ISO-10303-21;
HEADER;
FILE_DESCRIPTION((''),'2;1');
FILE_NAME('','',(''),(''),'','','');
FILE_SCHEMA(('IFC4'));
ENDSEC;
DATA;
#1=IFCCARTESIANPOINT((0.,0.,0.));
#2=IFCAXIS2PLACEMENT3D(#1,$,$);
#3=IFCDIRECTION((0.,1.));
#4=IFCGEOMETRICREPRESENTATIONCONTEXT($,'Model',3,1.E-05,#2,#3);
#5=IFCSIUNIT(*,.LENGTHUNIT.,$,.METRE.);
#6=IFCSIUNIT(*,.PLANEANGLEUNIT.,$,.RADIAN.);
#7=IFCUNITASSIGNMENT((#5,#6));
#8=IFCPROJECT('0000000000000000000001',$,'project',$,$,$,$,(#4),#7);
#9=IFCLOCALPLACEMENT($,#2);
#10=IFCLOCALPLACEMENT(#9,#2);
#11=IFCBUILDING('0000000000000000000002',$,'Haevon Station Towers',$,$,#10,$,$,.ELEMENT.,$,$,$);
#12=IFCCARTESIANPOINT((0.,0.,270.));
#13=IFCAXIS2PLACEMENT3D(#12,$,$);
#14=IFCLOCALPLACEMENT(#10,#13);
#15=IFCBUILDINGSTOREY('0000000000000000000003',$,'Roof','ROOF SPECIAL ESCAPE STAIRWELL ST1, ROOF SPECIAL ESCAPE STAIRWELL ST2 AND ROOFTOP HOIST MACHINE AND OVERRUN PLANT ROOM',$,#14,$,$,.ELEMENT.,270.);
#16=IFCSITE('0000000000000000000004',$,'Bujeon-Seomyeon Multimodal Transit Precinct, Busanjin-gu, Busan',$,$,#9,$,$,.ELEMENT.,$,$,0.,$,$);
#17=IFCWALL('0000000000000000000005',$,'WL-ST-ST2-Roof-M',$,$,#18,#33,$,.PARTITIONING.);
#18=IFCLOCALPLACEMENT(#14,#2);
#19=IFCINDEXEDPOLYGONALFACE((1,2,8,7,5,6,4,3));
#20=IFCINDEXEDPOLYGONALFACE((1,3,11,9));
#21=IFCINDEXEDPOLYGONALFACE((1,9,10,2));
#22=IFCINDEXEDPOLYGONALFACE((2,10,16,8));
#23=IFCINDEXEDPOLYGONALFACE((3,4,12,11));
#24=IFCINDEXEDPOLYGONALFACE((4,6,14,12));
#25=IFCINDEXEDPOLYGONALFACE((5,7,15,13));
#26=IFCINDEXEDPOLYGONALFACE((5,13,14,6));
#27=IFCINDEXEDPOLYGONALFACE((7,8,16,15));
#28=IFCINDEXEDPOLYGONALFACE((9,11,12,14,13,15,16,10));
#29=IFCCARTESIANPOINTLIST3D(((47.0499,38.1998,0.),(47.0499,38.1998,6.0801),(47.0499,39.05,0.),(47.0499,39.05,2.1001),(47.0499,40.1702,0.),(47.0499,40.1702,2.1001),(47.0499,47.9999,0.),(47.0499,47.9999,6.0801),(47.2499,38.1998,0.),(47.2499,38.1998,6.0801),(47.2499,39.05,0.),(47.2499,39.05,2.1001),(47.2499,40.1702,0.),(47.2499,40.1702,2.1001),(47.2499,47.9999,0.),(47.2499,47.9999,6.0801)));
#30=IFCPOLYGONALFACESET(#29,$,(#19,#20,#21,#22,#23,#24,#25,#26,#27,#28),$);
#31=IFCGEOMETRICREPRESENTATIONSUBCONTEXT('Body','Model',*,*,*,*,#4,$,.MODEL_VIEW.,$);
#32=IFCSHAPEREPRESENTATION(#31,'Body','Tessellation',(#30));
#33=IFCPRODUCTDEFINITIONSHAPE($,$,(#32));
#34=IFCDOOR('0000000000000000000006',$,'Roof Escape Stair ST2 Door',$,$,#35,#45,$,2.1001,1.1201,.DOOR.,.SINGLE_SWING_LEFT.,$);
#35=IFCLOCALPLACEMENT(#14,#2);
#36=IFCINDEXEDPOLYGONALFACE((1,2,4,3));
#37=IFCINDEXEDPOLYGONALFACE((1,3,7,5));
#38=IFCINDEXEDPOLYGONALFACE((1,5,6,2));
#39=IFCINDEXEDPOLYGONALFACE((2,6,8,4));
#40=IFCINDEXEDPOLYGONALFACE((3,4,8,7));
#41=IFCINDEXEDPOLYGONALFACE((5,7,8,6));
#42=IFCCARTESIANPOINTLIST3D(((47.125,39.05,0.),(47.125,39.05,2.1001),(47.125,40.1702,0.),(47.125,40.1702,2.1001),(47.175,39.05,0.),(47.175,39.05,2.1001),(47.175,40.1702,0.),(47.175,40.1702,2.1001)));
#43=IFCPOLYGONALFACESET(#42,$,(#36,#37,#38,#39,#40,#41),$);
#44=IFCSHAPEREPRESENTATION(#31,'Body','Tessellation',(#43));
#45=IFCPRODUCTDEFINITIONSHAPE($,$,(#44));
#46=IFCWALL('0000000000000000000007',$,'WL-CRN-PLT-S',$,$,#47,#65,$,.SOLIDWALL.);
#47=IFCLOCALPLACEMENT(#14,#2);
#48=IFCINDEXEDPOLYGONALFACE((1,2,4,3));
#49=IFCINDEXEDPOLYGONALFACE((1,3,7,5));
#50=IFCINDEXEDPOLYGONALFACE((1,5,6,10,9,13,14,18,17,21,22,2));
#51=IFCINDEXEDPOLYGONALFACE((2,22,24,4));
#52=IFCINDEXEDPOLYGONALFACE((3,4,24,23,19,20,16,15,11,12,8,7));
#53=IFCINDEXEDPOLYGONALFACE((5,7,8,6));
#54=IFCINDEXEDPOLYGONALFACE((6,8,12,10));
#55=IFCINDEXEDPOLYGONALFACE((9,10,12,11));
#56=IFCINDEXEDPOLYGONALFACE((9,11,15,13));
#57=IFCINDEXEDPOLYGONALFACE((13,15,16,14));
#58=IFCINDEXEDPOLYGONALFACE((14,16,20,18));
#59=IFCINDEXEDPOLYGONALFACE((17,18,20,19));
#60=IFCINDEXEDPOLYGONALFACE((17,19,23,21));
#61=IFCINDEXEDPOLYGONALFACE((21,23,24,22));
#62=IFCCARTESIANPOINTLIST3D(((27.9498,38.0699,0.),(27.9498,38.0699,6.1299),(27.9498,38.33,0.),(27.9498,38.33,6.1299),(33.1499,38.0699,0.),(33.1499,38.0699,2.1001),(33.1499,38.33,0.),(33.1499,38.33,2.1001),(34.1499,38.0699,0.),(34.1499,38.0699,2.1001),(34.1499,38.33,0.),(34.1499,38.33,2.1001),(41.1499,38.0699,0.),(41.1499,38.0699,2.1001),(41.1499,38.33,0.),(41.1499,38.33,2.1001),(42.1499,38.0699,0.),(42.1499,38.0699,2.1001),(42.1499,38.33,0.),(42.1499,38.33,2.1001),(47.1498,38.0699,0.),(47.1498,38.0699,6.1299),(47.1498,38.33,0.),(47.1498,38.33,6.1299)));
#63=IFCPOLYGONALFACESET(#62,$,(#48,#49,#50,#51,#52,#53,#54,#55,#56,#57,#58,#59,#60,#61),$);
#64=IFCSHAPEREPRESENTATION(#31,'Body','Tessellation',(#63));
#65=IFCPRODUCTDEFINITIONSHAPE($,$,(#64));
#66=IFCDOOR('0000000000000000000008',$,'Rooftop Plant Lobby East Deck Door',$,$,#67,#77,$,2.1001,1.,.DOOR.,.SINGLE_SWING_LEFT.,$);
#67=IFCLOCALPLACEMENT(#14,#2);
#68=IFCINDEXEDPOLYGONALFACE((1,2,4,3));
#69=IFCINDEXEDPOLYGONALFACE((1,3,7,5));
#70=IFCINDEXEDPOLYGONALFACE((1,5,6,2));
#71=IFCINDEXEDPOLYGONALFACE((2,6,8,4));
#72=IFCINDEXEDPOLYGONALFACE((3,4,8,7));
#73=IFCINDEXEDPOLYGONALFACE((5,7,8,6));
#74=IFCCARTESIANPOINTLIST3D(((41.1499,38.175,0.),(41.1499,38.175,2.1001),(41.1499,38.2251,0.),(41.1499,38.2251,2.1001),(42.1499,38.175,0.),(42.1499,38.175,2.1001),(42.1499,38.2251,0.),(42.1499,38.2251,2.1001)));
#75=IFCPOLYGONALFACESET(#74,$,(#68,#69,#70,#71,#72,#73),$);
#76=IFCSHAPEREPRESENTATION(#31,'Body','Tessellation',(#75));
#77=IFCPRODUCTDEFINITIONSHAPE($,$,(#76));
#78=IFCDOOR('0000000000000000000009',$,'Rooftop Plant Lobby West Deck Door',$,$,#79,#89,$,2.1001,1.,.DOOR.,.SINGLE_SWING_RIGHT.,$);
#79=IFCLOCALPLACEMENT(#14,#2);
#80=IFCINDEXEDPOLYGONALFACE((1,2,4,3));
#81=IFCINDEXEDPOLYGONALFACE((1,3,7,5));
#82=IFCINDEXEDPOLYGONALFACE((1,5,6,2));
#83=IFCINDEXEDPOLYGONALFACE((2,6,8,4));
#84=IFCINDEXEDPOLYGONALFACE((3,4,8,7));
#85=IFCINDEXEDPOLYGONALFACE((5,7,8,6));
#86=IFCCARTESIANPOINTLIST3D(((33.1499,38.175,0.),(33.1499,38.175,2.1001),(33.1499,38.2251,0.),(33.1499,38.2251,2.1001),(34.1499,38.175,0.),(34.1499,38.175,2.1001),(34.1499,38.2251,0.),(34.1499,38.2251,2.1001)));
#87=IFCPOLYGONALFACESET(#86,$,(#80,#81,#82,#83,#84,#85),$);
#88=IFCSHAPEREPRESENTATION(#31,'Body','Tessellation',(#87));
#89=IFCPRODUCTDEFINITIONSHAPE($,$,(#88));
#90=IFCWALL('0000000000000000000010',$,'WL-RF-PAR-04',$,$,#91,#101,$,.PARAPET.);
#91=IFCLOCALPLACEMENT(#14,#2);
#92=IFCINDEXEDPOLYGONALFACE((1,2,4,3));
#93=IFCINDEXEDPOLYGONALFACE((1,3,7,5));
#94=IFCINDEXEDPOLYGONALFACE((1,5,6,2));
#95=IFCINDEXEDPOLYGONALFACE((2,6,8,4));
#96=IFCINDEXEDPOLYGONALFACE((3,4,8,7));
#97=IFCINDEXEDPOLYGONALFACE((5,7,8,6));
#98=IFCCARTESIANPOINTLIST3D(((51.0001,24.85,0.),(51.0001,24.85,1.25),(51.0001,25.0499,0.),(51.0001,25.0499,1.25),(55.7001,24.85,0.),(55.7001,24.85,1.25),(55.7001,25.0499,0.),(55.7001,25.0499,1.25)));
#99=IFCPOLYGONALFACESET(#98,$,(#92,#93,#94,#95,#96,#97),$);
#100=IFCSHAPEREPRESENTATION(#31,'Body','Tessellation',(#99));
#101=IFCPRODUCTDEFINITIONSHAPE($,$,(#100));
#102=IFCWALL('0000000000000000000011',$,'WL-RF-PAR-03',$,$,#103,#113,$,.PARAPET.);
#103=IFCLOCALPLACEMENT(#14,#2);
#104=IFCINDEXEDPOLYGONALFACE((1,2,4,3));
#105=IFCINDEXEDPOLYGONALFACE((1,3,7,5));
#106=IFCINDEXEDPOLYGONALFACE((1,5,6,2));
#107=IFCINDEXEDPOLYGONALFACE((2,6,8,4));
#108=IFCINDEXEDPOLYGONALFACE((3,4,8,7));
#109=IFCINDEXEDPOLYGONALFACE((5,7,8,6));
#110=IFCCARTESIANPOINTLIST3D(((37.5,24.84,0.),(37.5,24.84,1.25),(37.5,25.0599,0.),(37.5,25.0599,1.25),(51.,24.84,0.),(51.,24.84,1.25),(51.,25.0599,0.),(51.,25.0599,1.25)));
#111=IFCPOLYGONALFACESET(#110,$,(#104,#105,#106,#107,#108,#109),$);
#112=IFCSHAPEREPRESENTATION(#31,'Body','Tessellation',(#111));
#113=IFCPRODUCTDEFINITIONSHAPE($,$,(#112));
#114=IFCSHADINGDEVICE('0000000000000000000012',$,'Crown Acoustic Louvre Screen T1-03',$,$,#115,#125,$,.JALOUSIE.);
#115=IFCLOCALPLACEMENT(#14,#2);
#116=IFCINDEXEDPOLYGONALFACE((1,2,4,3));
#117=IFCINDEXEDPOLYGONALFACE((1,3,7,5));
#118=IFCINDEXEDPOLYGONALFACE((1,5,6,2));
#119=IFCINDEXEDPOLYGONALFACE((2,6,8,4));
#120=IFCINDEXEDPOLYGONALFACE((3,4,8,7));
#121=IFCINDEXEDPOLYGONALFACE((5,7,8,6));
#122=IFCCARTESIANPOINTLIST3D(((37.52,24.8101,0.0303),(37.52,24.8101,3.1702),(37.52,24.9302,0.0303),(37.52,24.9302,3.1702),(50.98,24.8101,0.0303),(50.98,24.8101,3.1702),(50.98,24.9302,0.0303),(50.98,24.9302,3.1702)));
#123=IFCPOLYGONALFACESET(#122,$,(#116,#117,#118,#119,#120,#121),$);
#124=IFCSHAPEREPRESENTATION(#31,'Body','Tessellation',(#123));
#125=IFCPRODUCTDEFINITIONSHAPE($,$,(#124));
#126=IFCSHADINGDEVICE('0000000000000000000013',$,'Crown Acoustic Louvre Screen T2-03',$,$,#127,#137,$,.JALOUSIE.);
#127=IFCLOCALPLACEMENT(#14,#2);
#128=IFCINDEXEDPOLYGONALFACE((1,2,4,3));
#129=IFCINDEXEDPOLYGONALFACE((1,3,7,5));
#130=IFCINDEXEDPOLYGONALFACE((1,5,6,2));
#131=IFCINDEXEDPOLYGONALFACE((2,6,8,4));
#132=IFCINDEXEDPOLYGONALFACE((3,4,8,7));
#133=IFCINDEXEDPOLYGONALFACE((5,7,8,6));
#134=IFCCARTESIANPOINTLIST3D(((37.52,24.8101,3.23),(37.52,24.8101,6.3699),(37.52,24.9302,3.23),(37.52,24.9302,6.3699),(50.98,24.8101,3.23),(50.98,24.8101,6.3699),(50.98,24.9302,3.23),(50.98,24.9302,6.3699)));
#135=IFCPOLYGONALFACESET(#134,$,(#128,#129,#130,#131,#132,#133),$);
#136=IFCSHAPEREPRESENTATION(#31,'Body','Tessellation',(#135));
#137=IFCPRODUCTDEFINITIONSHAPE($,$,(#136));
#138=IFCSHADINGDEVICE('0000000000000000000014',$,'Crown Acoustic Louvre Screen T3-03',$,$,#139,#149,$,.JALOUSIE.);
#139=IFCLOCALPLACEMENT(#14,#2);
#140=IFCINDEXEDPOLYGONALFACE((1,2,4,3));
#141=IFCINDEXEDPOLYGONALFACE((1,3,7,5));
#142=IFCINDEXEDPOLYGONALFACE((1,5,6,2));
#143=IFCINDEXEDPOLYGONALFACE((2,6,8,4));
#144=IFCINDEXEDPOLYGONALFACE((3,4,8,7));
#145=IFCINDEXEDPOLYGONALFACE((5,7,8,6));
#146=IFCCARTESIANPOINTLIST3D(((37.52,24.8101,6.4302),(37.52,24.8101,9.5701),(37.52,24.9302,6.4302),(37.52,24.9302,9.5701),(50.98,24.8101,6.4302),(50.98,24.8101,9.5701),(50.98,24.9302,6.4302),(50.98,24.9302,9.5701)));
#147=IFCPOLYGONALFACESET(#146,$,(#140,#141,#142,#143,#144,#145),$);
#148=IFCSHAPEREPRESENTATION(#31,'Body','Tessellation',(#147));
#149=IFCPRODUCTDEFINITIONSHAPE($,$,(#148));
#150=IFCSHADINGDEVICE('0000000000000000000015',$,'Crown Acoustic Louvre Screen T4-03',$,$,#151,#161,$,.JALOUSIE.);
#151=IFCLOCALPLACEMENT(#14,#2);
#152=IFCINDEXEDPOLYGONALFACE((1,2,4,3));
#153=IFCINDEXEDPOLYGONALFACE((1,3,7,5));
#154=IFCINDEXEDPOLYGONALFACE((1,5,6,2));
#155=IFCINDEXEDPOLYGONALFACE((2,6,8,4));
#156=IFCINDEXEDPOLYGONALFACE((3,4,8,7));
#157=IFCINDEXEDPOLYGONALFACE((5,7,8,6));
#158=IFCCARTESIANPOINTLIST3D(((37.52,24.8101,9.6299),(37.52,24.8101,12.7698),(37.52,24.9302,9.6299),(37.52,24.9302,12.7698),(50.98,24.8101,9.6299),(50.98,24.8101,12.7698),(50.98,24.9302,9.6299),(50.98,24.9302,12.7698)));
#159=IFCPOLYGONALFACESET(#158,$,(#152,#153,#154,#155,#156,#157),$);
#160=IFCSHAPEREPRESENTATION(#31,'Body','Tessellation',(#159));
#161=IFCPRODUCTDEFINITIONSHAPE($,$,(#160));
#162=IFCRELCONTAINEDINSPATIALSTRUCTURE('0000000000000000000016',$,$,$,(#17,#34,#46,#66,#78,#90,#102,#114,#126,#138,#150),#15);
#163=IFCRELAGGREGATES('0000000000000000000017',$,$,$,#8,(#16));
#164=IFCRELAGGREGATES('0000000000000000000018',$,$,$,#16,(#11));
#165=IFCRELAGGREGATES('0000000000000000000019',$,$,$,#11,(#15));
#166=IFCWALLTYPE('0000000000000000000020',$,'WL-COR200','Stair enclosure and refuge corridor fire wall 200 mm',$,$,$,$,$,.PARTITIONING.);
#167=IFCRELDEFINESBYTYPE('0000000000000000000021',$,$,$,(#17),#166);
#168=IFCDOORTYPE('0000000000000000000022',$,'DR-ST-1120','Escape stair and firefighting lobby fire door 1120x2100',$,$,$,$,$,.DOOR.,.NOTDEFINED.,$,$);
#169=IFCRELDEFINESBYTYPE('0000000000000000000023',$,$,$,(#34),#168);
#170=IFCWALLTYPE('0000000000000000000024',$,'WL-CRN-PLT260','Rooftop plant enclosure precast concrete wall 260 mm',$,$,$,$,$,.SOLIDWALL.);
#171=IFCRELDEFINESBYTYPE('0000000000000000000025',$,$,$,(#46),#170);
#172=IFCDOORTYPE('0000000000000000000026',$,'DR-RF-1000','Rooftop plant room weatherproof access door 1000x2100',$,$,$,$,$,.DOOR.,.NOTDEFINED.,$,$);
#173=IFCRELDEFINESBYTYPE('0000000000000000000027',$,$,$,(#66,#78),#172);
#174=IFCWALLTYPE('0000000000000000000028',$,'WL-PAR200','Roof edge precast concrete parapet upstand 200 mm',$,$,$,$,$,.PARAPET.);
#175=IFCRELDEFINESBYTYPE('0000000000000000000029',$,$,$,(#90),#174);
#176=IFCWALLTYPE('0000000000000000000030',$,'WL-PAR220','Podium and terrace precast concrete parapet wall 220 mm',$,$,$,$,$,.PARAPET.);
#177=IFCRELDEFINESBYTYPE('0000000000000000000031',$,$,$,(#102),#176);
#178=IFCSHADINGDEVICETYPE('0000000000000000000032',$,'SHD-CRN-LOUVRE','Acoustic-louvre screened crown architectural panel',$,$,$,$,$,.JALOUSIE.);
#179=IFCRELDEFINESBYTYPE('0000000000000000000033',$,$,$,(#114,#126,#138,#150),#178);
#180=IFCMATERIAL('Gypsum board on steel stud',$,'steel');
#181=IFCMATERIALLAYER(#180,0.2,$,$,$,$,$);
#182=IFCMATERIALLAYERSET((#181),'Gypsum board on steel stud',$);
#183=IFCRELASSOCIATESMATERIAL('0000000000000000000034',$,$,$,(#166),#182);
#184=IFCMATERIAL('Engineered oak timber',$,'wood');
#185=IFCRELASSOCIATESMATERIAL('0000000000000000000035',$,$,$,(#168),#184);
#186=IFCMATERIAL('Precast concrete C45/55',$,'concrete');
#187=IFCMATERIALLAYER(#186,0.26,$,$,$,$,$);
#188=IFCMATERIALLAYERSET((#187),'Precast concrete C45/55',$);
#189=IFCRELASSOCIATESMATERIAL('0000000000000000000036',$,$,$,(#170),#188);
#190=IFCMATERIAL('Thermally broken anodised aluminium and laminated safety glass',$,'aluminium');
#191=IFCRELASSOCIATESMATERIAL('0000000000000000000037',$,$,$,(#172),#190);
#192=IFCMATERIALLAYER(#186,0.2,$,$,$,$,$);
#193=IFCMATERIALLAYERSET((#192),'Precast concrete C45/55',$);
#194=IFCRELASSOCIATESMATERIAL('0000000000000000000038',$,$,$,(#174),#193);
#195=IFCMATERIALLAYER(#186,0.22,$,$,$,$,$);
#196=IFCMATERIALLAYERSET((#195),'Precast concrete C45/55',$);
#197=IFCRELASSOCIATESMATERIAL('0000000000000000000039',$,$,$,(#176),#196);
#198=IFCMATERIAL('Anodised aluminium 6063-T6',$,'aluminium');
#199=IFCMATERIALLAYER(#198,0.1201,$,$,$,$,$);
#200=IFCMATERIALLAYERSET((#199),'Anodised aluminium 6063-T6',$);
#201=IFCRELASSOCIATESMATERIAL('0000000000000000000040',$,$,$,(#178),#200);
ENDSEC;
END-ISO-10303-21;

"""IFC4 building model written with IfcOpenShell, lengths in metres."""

from ifc_helpers import new_model, si_unit, direction, frame, frame_2d, origin, origin_2d, place, context, subcontext, project, spatial, rectangle, extrude, material, layer, layer_set, type_object, element, fill, save


model = new_model("IFC4")

# Units and contexts
model_context = context("Model", 3, precision=1e-05, world=origin(), true_north=direction((0.0, 1.0)))
body_context = subcontext(model_context, "Body", "Model", "MODEL_VIEW")
ifc_project = project(units=[si_unit("LENGTHUNIT", "METRE"), si_unit("PLANEANGLEUNIT", "RADIAN")], contexts=[model_context])

# Site, building, storey
site_placement = place(None, origin())
site = spatial("IfcSite", under=ifc_project, at=site_placement, Name="Bujeon-Seomyeon Multimodal Transit Precinct, Busanjin-gu, Busan", CompositionType="ELEMENT", RefElevation=0.0)
building_placement = place(site_placement, origin())
building = spatial("IfcBuilding", under=site, at=building_placement, Name="Haevon Station Towers", CompositionType="ELEMENT")
storey_placement = place(building_placement, frame((0.0, 0.0, 270.0)))
storey = spatial("IfcBuildingStorey", under=building, at=storey_placement, Name="Roof", Description="ROOF SPECIAL ESCAPE STAIRWELL ST1, ROOF SPECIAL ESCAPE STAIRWELL ST2 AND ROOFTOP HOIST MACHINE AND OVERRUN PLANT ROOM", CompositionType="ELEMENT", Elevation=270.0)

# Shared definitions
ifc_material_1 = material(Name="Anodised aluminium 6063-T6", Category="aluminium")

# Shared definitions
ifc_material_2 = material(Name="Gypsum board on steel stud", Category="steel")
ifc_layer_1 = layer(ifc_material_2, 0.2)
ifc_layer_set_1 = layer_set([ifc_layer_1], Name="Gypsum board on steel stud")
wall_type_1 = type_object("IfcWallType", Name="WL-COR200", Description="Stair enclosure and refuge corridor fire wall 200 mm", PredefinedType="PARTITIONING", material=ifc_layer_set_1)

# Wall, opening, door
wall_1_placement = place(storey_placement, frame((47.1499, 38.2, 0.0), z_axis=(0.0, 0.0, 1.0), x_axis=(0.0, 1.0, 0.0)))
wall_1 = element("IfcWall", 1, at=wall_1_placement, inside=storey, type_object=wall_type_1, Name="WL-ST-ST2-Roof-M", PredefinedType="PARTITIONING", context=body_context, shape_type="SweptSolid", body=[
    extrude(rectangle(XDim=9.8, YDim=0.2, at=frame_2d((4.8999, 0.0))), origin(), (0.0, 0.0, 1.0), 6.0801),
])
opening_1_placement = place(wall_1_placement, frame((0.8501, 0.0, 0.0)))
opening_1 = element("IfcOpeningElement", 2, at=opening_1_placement, cuts=wall_1, PredefinedType="OPENING", context=body_context, shape_type="SweptSolid", body=[
    extrude(rectangle(XDim=1.1201, YDim=2.1001, at=frame_2d((0.5601, 1.05))), frame((0.0, 0.1099, 0.0), z_axis=(0.0, -1.0, 0.0), x_axis=(1.0, 0.0, 0.0)), (0.0, 0.0, 1.0), 0.22),
])
ifc_material_3 = material(Name="Engineered oak timber", Category="wood")
door_type_1 = type_object("IfcDoorType", Name="DR-ST-1120", Description="Escape stair and firefighting lobby fire door 1120x2100", OperationType="NOTDEFINED", PredefinedType="DOOR", material=ifc_material_3)
door_1_placement = place(opening_1_placement, origin())
door_1 = element("IfcDoor", 3, at=door_1_placement, inside=storey, type_object=door_type_1, Name="Roof Escape Stair ST2 Door", OperationType="SINGLE_SWING_LEFT", OverallHeight=2.1001, OverallWidth=1.1201, PredefinedType="DOOR", context=body_context, shape_type="SweptSolid", body=[
    extrude(rectangle(XDim=1.1201, YDim=2.1001, at=frame_2d((0.5601, 1.05))), frame((0.0, 0.0249, 0.0), z_axis=(0.0, -1.0, 0.0), x_axis=(1.0, 0.0, 0.0)), (0.0, 0.0, 1.0), 0.05),
])
fill(opening_1, door_1)

# Wall, openings, doors
ifc_material_4 = material(Name="Precast concrete C45/55", Category="concrete")
ifc_layer_2 = layer(ifc_material_4, 0.26)
ifc_layer_set_2 = layer_set([ifc_layer_2], Name="Precast concrete C45/55")
wall_type_2 = type_object("IfcWallType", Name="WL-CRN-PLT260", Description="Rooftop plant enclosure precast concrete wall 260 mm", PredefinedType="SOLIDWALL", material=ifc_layer_set_2)
wall_2_placement = place(storey_placement, frame((47.1499, 38.2, 0.0), z_axis=(0.0, 0.0, 1.0), x_axis=(-1.0, 0.0, 0.0)))
wall_2 = element("IfcWall", 4, at=wall_2_placement, inside=storey, type_object=wall_type_2, Name="WL-CRN-PLT-S", PredefinedType="SOLIDWALL", context=body_context, shape_type="SweptSolid", body=[
    extrude(rectangle(XDim=19.2, YDim=0.26, at=frame_2d((9.6001, 0.0))), origin(), (0.0, 0.0, 1.0), 6.1299),
])
opening_2_placement = place(wall_2_placement, frame((5.0, 0.0, 0.0)))
opening_2 = element("IfcOpeningElement", 5, at=opening_2_placement, cuts=wall_2, PredefinedType="OPENING", context=body_context, shape_type="SweptSolid", body=[
    extrude(rectangle(XDim=1.0, YDim=2.1001, at=frame_2d((0.5, 1.05))), frame((0.0, 0.1399, 0.0), z_axis=(0.0, -1.0, 0.0), x_axis=(1.0, 0.0, 0.0)), (0.0, 0.0, 1.0), 0.28),
])
opening_3_placement = place(wall_2_placement, frame((13.0, 0.0, 0.0)))
opening_3 = element("IfcOpeningElement", 6, at=opening_3_placement, cuts=wall_2, PredefinedType="OPENING", context=body_context, shape_type="SweptSolid", body=[
    extrude(rectangle(XDim=1.0, YDim=2.1001, at=frame_2d((0.5, 1.05))), frame((0.0, 0.1399, 0.0), z_axis=(0.0, -1.0, 0.0), x_axis=(1.0, 0.0, 0.0)), (0.0, 0.0, 1.0), 0.28),
])
ifc_material_5 = material(Name="Thermally broken anodised aluminium and laminated safety glass", Category="aluminium")
door_type_2 = type_object("IfcDoorType", Name="DR-RF-1000", Description="Rooftop plant room weatherproof access door 1000x2100", OperationType="NOTDEFINED", PredefinedType="DOOR", material=ifc_material_5)
door_2_placement = place(opening_2_placement, origin())
door_2 = element("IfcDoor", 7, at=door_2_placement, inside=storey, type_object=door_type_2, Name="Rooftop Plant Lobby East Deck Door", OperationType="SINGLE_SWING_LEFT", OverallHeight=2.1001, OverallWidth=1.0, PredefinedType="DOOR", context=body_context, shape_type="SweptSolid", body=[
    extrude(rectangle(XDim=1.0, YDim=2.1001, at=frame_2d((0.5, 1.05))), frame((0.0, 0.0249, 0.0), z_axis=(0.0, -1.0, 0.0), x_axis=(1.0, 0.0, 0.0)), (0.0, 0.0, 1.0), 0.05),
])
fill(opening_2, door_2)
door_3_placement = place(opening_3_placement, origin())
door_3 = element("IfcDoor", 8, at=door_3_placement, inside=storey, type_object=door_type_2, Name="Rooftop Plant Lobby West Deck Door", OperationType="SINGLE_SWING_RIGHT", OverallHeight=2.1001, OverallWidth=1.0, PredefinedType="DOOR", context=body_context, shape_type="SweptSolid", body=[
    extrude(rectangle(XDim=1.0, YDim=2.1001, at=frame_2d((0.5, 1.05))), frame((0.0, 0.0249, 0.0), z_axis=(0.0, -1.0, 0.0), x_axis=(1.0, 0.0, 0.0)), (0.0, 0.0, 1.0), 0.05),
])
fill(opening_3, door_3)

# Walls
ifc_layer_3 = layer(ifc_material_4, 0.2)
ifc_layer_set_3 = layer_set([ifc_layer_3], Name="Precast concrete C45/55")
wall_type_3 = type_object("IfcWallType", Name="WL-PAR200", Description="Roof edge precast concrete parapet upstand 200 mm", PredefinedType="PARAPET", material=ifc_layer_set_3)
wall_3_placement = place(storey_placement, frame((51.0, 24.95, 0.0), z_axis=(0.0, 0.0, 1.0), x_axis=(1.0, 0.0, 0.0)))
element("IfcWall", 9, at=wall_3_placement, inside=storey, type_object=wall_type_3, Name="WL-RF-PAR-04", PredefinedType="PARAPET", context=body_context, shape_type="SweptSolid", body=[
    extrude(rectangle(XDim=4.7, YDim=0.2, at=frame_2d((2.3501, 0.0))), origin(), (0.0, 0.0, 1.0), 1.25),
])
ifc_layer_4 = layer(ifc_material_4, 0.22)
ifc_layer_set_4 = layer_set([ifc_layer_4], Name="Precast concrete C45/55")
wall_type_4 = type_object("IfcWallType", Name="WL-PAR220", Description="Podium and terrace precast concrete parapet wall 220 mm", PredefinedType="PARAPET", material=ifc_layer_set_4)
wall_4_placement = place(storey_placement, frame((37.5, 24.95, 0.0), z_axis=(0.0, 0.0, 1.0), x_axis=(1.0, 0.0, 0.0)))
element("IfcWall", 10, at=wall_4_placement, inside=storey, type_object=wall_type_4, Name="WL-RF-PAR-03", PredefinedType="PARAPET", context=body_context, shape_type="SweptSolid", body=[
    extrude(rectangle(XDim=13.5, YDim=0.22, at=frame_2d((6.75, 0.0))), origin(), (0.0, 0.0, 1.0), 1.25),
])

# Shading devices
ifc_layer_5 = layer(ifc_material_1, 0.1201)
ifc_layer_set_5 = layer_set([ifc_layer_5], Name="Anodised aluminium 6063-T6")
shading_device_type = type_object("IfcShadingDeviceType", Name="SHD-CRN-LOUVRE", Description="Acoustic-louvre screened crown architectural panel", PredefinedType="JALOUSIE", material=ifc_layer_set_5)
for number, where, z_axis, x_axis, name in (
    (11, (44.25, 24.8701, 0.0303), (0.0, 0.0, 1.0), (1.0, 0.0, 0.0), "Crown Acoustic Louvre Screen T1-03"),
    (12, (44.25, 24.8701, 3.23), (0.0, 0.0, 1.0), (1.0, 0.0, 0.0), "Crown Acoustic Louvre Screen T2-03"),
    (13, (44.25, 24.8701, 6.4302), (0.0, 0.0, 1.0), (1.0, 0.0, 0.0), "Crown Acoustic Louvre Screen T3-03"),
    (14, (44.25, 24.8701, 9.6299), (0.0, 0.0, 1.0), (1.0, 0.0, 0.0), "Crown Acoustic Louvre Screen T4-03"),
):
    element("IfcShadingDevice", number, at=place(storey_placement, frame(where, z_axis=z_axis, x_axis=x_axis)), inside=storey, type_object=shading_device_type, Name=name, PredefinedType="JALOUSIE", context=body_context, shape_type="SweptSolid", body=[
        extrude(rectangle(XDim=13.46, YDim=0.1201, at=origin_2d()), origin(), (0.0, 0.0, 1.0), 3.1399),
    ])

save(model, "model.ifc")
